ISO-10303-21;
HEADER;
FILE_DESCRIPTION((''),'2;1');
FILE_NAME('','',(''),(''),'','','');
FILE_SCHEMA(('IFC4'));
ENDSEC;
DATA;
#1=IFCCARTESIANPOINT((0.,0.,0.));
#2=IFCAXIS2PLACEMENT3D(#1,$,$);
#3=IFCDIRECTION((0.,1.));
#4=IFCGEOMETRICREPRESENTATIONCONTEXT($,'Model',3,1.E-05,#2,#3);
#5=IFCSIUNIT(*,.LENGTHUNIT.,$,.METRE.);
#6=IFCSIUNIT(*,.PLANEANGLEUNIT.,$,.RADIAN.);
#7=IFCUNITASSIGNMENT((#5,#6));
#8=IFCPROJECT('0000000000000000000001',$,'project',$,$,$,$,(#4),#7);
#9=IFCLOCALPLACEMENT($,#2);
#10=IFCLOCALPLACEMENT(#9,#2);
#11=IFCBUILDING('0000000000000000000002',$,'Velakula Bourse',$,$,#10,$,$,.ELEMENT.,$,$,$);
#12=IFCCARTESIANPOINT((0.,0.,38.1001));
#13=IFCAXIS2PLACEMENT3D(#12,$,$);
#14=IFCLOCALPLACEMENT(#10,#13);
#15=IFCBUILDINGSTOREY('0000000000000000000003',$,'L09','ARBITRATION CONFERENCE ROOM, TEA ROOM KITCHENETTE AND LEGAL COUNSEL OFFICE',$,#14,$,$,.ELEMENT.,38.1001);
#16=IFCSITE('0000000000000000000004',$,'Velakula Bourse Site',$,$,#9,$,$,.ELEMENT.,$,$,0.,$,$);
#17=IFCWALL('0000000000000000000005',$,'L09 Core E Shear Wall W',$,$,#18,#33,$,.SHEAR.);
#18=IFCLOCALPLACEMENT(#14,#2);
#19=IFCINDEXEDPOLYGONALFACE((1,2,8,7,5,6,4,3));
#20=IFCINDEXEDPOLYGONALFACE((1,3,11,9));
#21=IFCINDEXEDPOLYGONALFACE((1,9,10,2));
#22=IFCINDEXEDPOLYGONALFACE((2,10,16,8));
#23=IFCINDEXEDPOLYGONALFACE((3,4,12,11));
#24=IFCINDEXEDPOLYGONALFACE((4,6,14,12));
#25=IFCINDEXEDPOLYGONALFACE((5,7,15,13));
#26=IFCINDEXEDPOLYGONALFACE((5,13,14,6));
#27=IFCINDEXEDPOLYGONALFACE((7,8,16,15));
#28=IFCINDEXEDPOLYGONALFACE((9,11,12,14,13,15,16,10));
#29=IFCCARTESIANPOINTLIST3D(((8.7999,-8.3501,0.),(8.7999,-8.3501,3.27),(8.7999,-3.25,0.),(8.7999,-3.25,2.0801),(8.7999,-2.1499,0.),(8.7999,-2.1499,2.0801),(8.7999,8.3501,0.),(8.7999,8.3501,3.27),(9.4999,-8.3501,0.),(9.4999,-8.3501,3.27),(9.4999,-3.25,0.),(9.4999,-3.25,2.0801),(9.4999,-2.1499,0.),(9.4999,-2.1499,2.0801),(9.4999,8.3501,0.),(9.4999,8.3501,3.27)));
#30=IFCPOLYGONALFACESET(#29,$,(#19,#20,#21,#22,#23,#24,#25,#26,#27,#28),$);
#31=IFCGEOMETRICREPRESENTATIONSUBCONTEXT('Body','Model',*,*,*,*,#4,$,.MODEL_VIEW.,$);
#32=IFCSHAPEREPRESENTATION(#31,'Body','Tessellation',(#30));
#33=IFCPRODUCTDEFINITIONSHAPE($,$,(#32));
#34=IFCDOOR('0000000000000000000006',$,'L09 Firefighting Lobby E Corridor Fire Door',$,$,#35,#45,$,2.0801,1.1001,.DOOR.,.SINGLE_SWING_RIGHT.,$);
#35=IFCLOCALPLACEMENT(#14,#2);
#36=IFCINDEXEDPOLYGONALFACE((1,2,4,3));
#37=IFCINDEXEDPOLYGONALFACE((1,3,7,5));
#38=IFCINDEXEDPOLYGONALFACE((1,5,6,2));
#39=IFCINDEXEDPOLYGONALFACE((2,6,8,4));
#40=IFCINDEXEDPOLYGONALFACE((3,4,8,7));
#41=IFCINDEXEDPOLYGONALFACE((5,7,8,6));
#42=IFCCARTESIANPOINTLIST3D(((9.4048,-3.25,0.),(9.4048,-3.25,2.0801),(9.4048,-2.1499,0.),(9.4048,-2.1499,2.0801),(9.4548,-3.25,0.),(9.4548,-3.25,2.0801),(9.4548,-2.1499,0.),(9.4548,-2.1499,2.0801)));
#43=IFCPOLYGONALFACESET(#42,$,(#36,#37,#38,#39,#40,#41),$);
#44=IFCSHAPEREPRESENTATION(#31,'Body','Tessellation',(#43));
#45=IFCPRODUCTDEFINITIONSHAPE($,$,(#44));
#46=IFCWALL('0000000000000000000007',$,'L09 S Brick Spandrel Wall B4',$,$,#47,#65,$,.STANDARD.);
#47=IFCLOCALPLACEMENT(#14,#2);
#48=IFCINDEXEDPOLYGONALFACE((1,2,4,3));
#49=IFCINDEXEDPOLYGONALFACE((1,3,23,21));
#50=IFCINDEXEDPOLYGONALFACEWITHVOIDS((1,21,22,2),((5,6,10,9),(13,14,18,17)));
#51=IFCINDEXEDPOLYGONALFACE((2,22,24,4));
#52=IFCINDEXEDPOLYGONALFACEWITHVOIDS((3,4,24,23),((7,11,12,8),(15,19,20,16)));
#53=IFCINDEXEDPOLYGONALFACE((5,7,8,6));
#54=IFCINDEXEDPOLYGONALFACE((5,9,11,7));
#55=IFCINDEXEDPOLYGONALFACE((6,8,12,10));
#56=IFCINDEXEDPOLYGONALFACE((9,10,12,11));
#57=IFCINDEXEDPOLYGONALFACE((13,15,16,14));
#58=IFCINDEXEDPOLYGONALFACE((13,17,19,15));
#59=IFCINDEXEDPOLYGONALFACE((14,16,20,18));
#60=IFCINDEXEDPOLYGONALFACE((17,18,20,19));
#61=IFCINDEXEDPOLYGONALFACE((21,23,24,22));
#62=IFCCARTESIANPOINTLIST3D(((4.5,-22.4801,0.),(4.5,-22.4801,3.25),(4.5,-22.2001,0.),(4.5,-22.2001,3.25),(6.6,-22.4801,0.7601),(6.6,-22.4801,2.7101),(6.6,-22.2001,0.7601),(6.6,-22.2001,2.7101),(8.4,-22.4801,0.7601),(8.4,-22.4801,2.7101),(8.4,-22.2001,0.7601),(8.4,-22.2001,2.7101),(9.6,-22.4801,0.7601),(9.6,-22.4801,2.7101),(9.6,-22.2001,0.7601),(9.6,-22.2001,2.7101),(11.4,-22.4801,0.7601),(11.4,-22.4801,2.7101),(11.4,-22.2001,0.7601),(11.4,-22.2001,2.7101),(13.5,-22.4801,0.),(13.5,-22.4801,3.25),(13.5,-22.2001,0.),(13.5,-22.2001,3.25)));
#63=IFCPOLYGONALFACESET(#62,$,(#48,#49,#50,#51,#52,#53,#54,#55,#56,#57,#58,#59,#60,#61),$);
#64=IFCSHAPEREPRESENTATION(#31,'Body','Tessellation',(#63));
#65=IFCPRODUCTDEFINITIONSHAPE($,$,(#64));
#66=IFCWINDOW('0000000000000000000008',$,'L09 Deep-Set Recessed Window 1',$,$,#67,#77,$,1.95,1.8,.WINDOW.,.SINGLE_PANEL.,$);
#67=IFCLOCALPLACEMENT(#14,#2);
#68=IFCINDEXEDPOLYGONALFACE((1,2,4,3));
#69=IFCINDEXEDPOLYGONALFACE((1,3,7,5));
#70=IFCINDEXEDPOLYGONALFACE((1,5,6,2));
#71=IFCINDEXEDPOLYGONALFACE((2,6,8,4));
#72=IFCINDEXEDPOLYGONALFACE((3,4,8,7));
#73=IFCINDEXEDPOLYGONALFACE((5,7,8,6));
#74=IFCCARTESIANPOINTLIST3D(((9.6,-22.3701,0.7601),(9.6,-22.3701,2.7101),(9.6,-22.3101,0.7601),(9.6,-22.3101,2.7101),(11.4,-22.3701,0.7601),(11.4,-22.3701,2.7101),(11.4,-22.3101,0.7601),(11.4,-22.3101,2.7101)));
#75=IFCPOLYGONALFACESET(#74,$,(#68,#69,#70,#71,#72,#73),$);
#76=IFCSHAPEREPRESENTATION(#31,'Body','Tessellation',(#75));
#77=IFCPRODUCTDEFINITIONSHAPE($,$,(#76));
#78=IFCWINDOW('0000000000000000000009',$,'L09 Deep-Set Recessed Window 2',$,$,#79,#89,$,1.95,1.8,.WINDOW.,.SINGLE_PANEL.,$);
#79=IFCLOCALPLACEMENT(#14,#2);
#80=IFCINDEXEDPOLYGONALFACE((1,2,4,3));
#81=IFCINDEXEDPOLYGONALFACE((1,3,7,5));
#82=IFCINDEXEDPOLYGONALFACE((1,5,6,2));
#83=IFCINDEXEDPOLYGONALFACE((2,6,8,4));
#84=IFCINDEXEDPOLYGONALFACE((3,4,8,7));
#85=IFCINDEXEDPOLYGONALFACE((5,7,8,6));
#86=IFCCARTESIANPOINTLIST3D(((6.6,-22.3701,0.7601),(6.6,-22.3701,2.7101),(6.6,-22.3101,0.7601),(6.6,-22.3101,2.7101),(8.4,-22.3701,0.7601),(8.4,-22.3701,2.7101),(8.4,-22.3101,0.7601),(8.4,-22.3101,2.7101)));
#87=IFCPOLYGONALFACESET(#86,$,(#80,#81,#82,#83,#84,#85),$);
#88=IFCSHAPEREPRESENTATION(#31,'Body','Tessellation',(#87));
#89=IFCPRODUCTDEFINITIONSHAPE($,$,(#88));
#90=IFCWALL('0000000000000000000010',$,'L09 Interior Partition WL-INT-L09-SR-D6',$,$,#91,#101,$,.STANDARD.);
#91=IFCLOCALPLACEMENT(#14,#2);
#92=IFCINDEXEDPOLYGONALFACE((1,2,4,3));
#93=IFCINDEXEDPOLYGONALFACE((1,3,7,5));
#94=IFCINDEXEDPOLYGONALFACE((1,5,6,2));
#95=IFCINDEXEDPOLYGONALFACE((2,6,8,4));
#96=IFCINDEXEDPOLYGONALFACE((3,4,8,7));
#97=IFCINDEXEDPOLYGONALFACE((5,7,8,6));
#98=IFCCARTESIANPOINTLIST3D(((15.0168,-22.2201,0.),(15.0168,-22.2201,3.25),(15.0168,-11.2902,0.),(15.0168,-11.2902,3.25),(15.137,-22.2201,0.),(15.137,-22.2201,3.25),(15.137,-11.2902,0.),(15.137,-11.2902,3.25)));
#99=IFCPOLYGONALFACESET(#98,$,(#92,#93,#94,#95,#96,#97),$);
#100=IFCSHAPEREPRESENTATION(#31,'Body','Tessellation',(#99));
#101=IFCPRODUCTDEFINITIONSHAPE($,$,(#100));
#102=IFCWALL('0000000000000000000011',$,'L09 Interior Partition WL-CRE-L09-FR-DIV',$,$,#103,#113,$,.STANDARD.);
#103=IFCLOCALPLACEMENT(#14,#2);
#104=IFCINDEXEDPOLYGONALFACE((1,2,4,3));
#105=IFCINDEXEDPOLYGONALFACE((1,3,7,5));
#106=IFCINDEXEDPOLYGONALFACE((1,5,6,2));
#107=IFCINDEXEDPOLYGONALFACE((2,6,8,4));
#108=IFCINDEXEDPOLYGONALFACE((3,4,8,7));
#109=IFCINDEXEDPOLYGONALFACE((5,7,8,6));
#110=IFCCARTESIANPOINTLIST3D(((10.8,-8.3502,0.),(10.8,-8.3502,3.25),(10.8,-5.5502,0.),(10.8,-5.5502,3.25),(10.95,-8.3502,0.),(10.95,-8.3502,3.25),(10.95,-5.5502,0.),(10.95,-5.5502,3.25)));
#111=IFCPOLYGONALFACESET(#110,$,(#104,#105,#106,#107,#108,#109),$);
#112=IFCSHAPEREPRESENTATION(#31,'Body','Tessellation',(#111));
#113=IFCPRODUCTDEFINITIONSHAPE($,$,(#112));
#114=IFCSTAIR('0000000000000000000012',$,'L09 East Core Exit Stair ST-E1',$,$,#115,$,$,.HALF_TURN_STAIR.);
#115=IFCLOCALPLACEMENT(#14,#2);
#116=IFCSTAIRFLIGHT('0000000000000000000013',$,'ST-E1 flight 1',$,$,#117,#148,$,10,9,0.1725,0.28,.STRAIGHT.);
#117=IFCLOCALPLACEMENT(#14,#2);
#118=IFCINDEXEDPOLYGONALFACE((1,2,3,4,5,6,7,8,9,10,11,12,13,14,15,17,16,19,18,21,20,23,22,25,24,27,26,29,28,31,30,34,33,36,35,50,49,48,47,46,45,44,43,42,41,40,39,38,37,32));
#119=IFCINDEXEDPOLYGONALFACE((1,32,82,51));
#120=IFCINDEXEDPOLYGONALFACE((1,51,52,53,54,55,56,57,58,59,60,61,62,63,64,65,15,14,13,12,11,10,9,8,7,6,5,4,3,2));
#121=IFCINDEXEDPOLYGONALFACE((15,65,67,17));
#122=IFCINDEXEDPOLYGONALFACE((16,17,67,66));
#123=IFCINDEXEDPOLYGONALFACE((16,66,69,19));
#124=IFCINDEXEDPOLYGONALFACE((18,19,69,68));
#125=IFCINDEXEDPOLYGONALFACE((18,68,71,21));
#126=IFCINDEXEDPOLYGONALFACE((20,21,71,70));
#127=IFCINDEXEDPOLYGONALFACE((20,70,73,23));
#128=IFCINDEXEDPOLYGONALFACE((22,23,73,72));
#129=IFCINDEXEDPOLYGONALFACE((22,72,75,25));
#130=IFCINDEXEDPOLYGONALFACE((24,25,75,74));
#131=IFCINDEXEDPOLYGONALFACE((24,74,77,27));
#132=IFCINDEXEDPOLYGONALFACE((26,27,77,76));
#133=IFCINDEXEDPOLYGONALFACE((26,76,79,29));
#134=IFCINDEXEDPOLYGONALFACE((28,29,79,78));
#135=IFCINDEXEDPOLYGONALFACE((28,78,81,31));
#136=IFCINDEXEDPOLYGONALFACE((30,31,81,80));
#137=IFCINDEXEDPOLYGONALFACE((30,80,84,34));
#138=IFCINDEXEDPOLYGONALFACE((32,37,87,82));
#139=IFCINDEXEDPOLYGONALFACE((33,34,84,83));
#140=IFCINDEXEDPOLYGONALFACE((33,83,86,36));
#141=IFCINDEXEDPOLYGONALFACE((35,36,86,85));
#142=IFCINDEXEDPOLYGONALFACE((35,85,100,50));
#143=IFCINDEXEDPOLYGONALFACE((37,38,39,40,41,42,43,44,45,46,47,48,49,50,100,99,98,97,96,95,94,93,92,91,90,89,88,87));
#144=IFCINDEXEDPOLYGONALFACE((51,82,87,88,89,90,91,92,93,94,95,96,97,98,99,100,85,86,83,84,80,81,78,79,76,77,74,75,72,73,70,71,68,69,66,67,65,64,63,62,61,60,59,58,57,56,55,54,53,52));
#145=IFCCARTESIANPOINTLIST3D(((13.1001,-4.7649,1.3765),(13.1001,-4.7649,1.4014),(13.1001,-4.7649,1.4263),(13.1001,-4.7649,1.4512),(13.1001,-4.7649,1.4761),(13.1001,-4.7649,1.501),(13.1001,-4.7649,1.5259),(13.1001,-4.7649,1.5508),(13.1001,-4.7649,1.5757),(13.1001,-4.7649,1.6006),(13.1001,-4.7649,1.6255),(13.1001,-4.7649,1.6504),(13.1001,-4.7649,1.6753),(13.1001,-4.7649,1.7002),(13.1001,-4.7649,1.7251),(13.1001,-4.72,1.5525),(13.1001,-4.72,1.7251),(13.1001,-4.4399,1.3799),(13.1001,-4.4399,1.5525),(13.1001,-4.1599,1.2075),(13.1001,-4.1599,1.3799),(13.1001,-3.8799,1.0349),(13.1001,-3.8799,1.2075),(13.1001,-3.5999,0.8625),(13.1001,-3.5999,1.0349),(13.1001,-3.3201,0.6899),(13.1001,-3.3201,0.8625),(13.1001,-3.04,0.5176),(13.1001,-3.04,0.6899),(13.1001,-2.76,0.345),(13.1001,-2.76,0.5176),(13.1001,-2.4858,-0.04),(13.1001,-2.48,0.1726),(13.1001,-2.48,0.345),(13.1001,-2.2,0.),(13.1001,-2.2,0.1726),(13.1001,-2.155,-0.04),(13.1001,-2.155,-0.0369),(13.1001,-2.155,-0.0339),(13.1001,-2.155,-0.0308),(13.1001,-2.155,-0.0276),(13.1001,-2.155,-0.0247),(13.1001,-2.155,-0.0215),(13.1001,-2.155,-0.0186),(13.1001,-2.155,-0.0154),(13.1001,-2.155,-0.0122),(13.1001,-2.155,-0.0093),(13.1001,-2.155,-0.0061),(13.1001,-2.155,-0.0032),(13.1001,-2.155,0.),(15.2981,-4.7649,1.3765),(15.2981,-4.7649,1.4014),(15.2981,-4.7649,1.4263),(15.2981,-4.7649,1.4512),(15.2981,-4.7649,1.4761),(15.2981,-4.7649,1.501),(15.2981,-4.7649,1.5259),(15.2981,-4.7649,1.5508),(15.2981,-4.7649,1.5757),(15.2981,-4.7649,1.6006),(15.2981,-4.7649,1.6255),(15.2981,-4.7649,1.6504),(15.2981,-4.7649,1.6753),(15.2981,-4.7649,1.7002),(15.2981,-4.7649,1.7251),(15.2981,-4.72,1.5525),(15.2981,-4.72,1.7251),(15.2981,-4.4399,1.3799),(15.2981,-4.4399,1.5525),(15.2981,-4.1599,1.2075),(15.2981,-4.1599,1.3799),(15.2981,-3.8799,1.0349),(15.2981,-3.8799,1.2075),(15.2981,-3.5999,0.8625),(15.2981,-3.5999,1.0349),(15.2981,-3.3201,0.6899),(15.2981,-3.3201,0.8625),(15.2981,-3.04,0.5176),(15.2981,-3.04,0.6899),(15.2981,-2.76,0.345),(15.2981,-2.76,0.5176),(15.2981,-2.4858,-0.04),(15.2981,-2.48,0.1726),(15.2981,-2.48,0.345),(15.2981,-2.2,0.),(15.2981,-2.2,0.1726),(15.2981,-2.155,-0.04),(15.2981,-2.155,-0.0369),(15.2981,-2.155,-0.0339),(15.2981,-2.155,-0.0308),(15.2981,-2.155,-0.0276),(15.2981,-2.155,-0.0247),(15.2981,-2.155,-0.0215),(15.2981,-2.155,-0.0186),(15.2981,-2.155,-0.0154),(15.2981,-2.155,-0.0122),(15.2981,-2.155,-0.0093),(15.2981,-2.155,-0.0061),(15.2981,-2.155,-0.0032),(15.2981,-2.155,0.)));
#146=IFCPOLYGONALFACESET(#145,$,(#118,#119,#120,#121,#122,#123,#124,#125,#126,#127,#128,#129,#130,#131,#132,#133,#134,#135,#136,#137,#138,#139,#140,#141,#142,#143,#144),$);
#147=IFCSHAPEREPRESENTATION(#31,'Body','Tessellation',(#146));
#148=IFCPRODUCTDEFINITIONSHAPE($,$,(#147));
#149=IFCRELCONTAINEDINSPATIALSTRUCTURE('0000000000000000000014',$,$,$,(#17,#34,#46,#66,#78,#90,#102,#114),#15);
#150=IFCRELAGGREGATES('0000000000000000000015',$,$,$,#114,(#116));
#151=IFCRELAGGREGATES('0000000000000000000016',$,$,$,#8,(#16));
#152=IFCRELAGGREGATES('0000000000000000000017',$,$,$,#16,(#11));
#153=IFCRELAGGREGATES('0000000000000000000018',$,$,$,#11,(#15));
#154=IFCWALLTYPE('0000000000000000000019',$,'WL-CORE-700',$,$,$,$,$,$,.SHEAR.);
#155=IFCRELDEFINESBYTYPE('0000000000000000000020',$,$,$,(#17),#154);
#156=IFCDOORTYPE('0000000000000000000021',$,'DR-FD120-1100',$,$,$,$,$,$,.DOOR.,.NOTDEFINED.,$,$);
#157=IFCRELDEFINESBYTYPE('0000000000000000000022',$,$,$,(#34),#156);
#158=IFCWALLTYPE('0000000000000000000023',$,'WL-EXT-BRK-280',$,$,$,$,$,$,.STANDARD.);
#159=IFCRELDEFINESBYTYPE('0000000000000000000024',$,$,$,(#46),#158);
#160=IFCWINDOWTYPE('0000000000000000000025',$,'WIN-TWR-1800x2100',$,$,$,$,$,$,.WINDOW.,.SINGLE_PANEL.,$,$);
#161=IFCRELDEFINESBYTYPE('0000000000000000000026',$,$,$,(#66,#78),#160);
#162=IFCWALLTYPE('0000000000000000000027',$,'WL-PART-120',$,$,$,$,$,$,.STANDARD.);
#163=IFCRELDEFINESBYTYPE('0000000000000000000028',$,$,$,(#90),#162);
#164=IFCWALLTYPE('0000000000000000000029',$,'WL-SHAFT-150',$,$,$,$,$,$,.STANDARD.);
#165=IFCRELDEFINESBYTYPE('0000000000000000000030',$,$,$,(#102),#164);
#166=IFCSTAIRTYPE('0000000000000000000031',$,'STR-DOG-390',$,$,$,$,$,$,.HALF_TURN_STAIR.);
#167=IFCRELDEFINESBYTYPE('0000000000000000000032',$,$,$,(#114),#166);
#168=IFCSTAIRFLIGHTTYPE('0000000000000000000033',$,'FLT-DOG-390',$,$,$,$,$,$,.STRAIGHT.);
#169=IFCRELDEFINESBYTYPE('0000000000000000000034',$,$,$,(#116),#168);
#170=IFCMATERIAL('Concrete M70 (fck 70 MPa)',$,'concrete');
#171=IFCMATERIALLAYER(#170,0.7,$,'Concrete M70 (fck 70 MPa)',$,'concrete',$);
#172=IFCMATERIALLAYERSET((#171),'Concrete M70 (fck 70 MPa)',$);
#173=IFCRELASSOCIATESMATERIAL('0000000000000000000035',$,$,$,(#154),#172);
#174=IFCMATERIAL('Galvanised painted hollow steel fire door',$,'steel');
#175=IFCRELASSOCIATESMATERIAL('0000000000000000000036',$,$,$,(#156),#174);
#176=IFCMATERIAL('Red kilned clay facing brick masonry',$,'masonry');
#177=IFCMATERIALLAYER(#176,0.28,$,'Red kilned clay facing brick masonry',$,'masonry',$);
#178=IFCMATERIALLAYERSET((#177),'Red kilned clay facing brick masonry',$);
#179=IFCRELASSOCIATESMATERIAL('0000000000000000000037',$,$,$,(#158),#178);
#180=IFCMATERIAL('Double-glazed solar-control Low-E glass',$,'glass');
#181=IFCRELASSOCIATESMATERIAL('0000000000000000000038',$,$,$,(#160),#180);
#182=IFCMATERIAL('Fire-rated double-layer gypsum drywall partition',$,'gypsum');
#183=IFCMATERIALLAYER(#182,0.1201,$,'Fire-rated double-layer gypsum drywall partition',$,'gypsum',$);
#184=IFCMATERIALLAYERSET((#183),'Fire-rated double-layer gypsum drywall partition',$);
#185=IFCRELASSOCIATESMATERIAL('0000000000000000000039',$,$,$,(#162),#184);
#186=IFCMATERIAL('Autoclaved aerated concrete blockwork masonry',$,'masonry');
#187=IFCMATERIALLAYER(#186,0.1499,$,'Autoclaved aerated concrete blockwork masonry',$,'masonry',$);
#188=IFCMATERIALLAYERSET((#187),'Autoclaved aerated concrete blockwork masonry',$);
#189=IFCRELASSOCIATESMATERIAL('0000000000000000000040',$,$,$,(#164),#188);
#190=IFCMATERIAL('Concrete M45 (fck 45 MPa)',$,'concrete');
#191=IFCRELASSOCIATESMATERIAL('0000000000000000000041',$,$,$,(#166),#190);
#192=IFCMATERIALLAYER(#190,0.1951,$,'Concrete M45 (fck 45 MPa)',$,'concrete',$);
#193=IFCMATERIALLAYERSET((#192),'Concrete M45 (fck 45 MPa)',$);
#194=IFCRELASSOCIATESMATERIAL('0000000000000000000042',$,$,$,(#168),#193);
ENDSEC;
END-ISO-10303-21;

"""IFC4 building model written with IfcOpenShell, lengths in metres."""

from ifc_helpers import new_model, si_unit, direction, frame, frame_2d, origin, place, context, subcontext, project, spatial, polyline, rectangle, outline, extrude, material, layer, layer_set, type_object, element, fill, aggregate, save


model = new_model("IFC4")

# Units and contexts
model_context = context("Model", 3, precision=1e-05, world=origin(), true_north=direction((0.0, 1.0)))
body_context = subcontext(model_context, "Body", "Model", "MODEL_VIEW")
ifc_project = project(units=[si_unit("LENGTHUNIT", "METRE"), si_unit("PLANEANGLEUNIT", "RADIAN")], contexts=[model_context])

# Site, building, storey
site_placement = place(None, origin())
site = spatial("IfcSite", under=ifc_project, at=site_placement, Name="Velakula Bourse Site", CompositionType="ELEMENT", RefElevation=0.0)
building_placement = place(site_placement, origin())
building = spatial("IfcBuilding", under=site, at=building_placement, Name="Velakula Bourse", CompositionType="ELEMENT")
storey_placement = place(building_placement, frame((0.0, 0.0, 38.1001)))
storey = spatial("IfcBuildingStorey", under=building, at=storey_placement, Name="L09", Description="ARBITRATION CONFERENCE ROOM, TEA ROOM KITCHENETTE AND LEGAL COUNSEL OFFICE", CompositionType="ELEMENT", Elevation=38.1001)

# Shared definitions
ifc_material_1 = material(Name="Galvanised painted hollow steel fire door", Category="steel")

# Wall, opening, door
ifc_material_2 = material(Name="Concrete M70 (fck 70 MPa)", Category="concrete")
ifc_layer_1 = layer(ifc_material_2, 0.7, Name="Concrete M70 (fck 70 MPa)", Category="concrete")
ifc_layer_set_1 = layer_set([ifc_layer_1], Name="Concrete M70 (fck 70 MPa)")
wall_type_1 = type_object("IfcWallType", Name="WL-CORE-700", PredefinedType="SHEAR", material=ifc_layer_set_1)
wall_1_placement = place(storey_placement, frame((9.1499, -8.3501, 0.0), z_axis=(0.0, 0.0, 1.0), x_axis=(0.0, 1.0, 0.0)))
wall_1 = element("IfcWall", 1, at=wall_1_placement, inside=storey, type_object=wall_type_1, Name="L09 Core E Shear Wall W", PredefinedType="SHEAR", context=body_context, shape_type="SweptSolid", body=[
    extrude(rectangle(XDim=16.7002, YDim=0.7, at=frame_2d((8.3501, 0.0))), origin(), (0.0, 0.0, 1.0), 3.27),
])
opening_1_placement = place(wall_1_placement, frame((5.1001, 0.0, 0.0)))
opening_1 = element("IfcOpeningElement", 2, at=opening_1_placement, cuts=wall_1, PredefinedType="OPENING", context=body_context, shape_type="SweptSolid", body=[
    extrude(rectangle(XDim=1.1001, YDim=2.0801, at=frame_2d((0.55, 1.04))), frame((0.0, 0.3599, 0.0), z_axis=(0.0, -1.0, 0.0), x_axis=(1.0, 0.0, 0.0)), (0.0, 0.0, 1.0), 0.72),
])
door_type_1 = type_object("IfcDoorType", Name="DR-FD120-1100", OperationType="NOTDEFINED", PredefinedType="DOOR", material=ifc_material_1)
door_1_placement = place(opening_1_placement, origin())
door_1 = element("IfcDoor", 3, at=door_1_placement, inside=storey, type_object=door_type_1, Name="L09 Firefighting Lobby E Corridor Fire Door", OperationType="SINGLE_SWING_RIGHT", OverallHeight=2.0801, OverallWidth=1.1001, PredefinedType="DOOR", context=body_context, shape_type="SweptSolid", body=[
    extrude(rectangle(XDim=1.1001, YDim=2.0801, at=frame_2d((0.55, 1.04))), frame((0.0, -0.2549, 0.0), z_axis=(0.0, -1.0, 0.0), x_axis=(1.0, 0.0, 0.0)), (0.0, 0.0, 1.0), 0.05),
])
fill(opening_1, door_1)

# Wall, openings, windows
ifc_material_3 = material(Name="Red kilned clay facing brick masonry", Category="masonry")
ifc_layer_2 = layer(ifc_material_3, 0.28, Name="Red kilned clay facing brick masonry", Category="masonry")
ifc_layer_set_2 = layer_set([ifc_layer_2], Name="Red kilned clay facing brick masonry")
wall_type_2 = type_object("IfcWallType", Name="WL-EXT-BRK-280", PredefinedType="STANDARD", material=ifc_layer_set_2)
wall_2_placement = place(storey_placement, frame((13.5, -22.3401, 0.0), z_axis=(0.0, 0.0, 1.0), x_axis=(-1.0, 0.0, 0.0)))
wall_2 = element("IfcWall", 4, at=wall_2_placement, inside=storey, type_object=wall_type_2, Name="L09 S Brick Spandrel Wall B4", PredefinedType="STANDARD", context=body_context, shape_type="SweptSolid", body=[
    extrude(rectangle(XDim=9.0, YDim=0.28, at=frame_2d((4.5, 0.0))), origin(), (0.0, 0.0, 1.0), 3.25),
])
opening_2_placement = place(wall_2_placement, frame((2.1001, 0.0, 0.76)))
opening_2 = element("IfcOpeningElement", 5, at=opening_2_placement, cuts=wall_2, PredefinedType="OPENING", context=body_context, shape_type="SweptSolid", body=[
    extrude(rectangle(XDim=1.8, YDim=1.95, at=frame_2d((0.8999, 0.9751))), frame((0.0, 0.1499, 0.0), z_axis=(0.0, -1.0, 0.0), x_axis=(1.0, 0.0, 0.0)), (0.0, 0.0, 1.0), 0.3),
])
opening_3_placement = place(wall_2_placement, frame((5.1001, 0.0, 0.76)))
opening_3 = element("IfcOpeningElement", 6, at=opening_3_placement, cuts=wall_2, PredefinedType="OPENING", context=body_context, shape_type="SweptSolid", body=[
    extrude(rectangle(XDim=1.8, YDim=1.95, at=frame_2d((0.8999, 0.9751))), frame((0.0, 0.1499, 0.0), z_axis=(0.0, -1.0, 0.0), x_axis=(1.0, 0.0, 0.0)), (0.0, 0.0, 1.0), 0.3),
])
ifc_material_4 = material(Name="Double-glazed solar-control Low-E glass", Category="glass")
window_type = type_object("IfcWindowType", Name="WIN-TWR-1800x2100", PartitioningType="SINGLE_PANEL", PredefinedType="WINDOW", material=ifc_material_4)
window_1_placement = place(opening_2_placement, origin())
window_1 = element("IfcWindow", 7, at=window_1_placement, inside=storey, type_object=window_type, Name="L09 Deep-Set Recessed Window 1", OverallHeight=1.95, OverallWidth=1.8, PartitioningType="SINGLE_PANEL", PredefinedType="WINDOW", context=body_context, shape_type="SweptSolid", body=[
    extrude(rectangle(XDim=1.8, YDim=1.95, at=frame_2d((0.8999, 0.9751))), frame((0.0, 0.03, 0.0), z_axis=(0.0, -1.0, 0.0), x_axis=(1.0, 0.0, 0.0)), (0.0, 0.0, 1.0), 0.0601),
])
fill(opening_2, window_1)
window_2_placement = place(opening_3_placement, origin())
window_2 = element("IfcWindow", 8, at=window_2_placement, inside=storey, type_object=window_type, Name="L09 Deep-Set Recessed Window 2", OverallHeight=1.95, OverallWidth=1.8, PartitioningType="SINGLE_PANEL", PredefinedType="WINDOW", context=body_context, shape_type="SweptSolid", body=[
    extrude(rectangle(XDim=1.8, YDim=1.95, at=frame_2d((0.8999, 0.9751))), frame((0.0, 0.03, 0.0), z_axis=(0.0, -1.0, 0.0), x_axis=(1.0, 0.0, 0.0)), (0.0, 0.0, 1.0), 0.0601),
])
fill(opening_3, window_2)

# Wall
ifc_material_5 = material(Name="Fire-rated double-layer gypsum drywall partition", Category="gypsum")
ifc_layer_3 = layer(ifc_material_5, 0.1201, Name="Fire-rated double-layer gypsum drywall partition", Category="gypsum")
ifc_layer_set_3 = layer_set([ifc_layer_3], Name="Fire-rated double-layer gypsum drywall partition")
wall_type_3 = type_object("IfcWallType", Name="WL-PART-120", PredefinedType="STANDARD", material=ifc_layer_set_3)
wall_3_placement = place(storey_placement, frame((15.0769, -22.22, 0.0), z_axis=(0.0, 0.0, 1.0), x_axis=(0.0, 1.0, 0.0)))
element("IfcWall", 9, at=wall_3_placement, inside=storey, type_object=wall_type_3, Name="L09 Interior Partition WL-INT-L09-SR-D6", PredefinedType="STANDARD", context=body_context, shape_type="SweptSolid", body=[
    extrude(rectangle(XDim=10.9299, YDim=0.1201, at=frame_2d((5.4648, 0.0))), origin(), (0.0, 0.0, 1.0), 3.25),
])

# Shared definitions
ifc_material_6 = material(Name="Autoclaved aerated concrete blockwork masonry", Category="masonry")
ifc_layer_4 = layer(ifc_material_6, 0.1499, Name="Autoclaved aerated concrete blockwork masonry", Category="masonry")
ifc_layer_set_4 = layer_set([ifc_layer_4], Name="Autoclaved aerated concrete blockwork masonry")
wall_type_4 = type_object("IfcWallType", Name="WL-SHAFT-150", PredefinedType="STANDARD", material=ifc_layer_set_4)

# Wall
wall_4_placement = place(storey_placement, frame((10.875, -8.3501, 0.0), z_axis=(0.0, 0.0, 1.0), x_axis=(0.0, 1.0, 0.0)))
element("IfcWall", 10, at=wall_4_placement, inside=storey, type_object=wall_type_4, Name="L09 Interior Partition WL-CRE-L09-FR-DIV", PredefinedType="STANDARD", context=body_context, shape_type="SweptSolid", body=[
    extrude(rectangle(XDim=2.8, YDim=0.1499, at=frame_2d((1.3999, 0.0))), origin(), (0.0, 0.0, 1.0), 3.25),
])

# Stair, stair flight
ifc_material_7 = material(Name="Concrete M45 (fck 45 MPa)", Category="concrete")
stair_type = type_object("IfcStairType", Name="STR-DOG-390", PredefinedType="HALF_TURN_STAIR", material=ifc_material_7)
stair_placement = place(storey_placement, origin())
stair = element("IfcStair", 11, at=stair_placement, inside=storey, type_object=stair_type, Name="L09 East Core Exit Stair ST-E1", PredefinedType="HALF_TURN_STAIR")
ifc_layer_5 = layer(ifc_material_7, 0.1951, Name="Concrete M45 (fck 45 MPa)", Category="concrete")
ifc_layer_set_5 = layer_set([ifc_layer_5], Name="Concrete M45 (fck 45 MPa)")
stair_flight_type = type_object("IfcStairFlightType", Name="FLT-DOG-390", PredefinedType="STRAIGHT", material=ifc_layer_set_5)
stair_flight_1_placement = place(storey_placement, frame((14.199, -2.2, 0.0), z_axis=(0.0, 0.0, 1.0), x_axis=(0.0, -1.0, 0.0)))
stair_flight_1 = element("IfcStairFlight", 12, at=stair_flight_1_placement, type_object=stair_flight_type, Name="ST-E1 flight 1", NumberOfRisers=10, NumberOfTreads=9, PredefinedType="STRAIGHT", RiserHeight=0.1725, TreadLength=0.28, context=body_context, shape_type="SweptSolid", body=[
    extrude(outline(polyline([(-0.0449, -0.04), (-0.0449, -0.0369), (-0.0449, -0.0339), (-0.0449, -0.0308), (-0.0449, -0.0276), (-0.0449, -0.0247), (-0.0449, -0.0215), (-0.0449, -0.0186), (-0.0449, -0.0154), (-0.0449, -0.0122), (-0.0449, -0.0093), (-0.0449, -0.0061), (-0.0449, -0.0032), (-0.0449, 0.0), (0.0, 0.0), (0.0, 0.1726), (0.28, 0.1726), (0.28, 0.345), (0.5601, 0.345), (0.5601, 0.5176), (0.8401, 0.5176), (0.8401, 0.6899), (1.1201, 0.6899), (1.1201, 0.8625), (1.3999, 0.8625), (1.3999, 1.0349), (1.6799, 1.0349), (1.6799, 1.2075), (1.96, 1.2075), (1.96, 1.3799), (2.24, 1.3799), (2.24, 1.5525), (2.52, 1.5525), (2.52, 1.7251), (2.5649, 1.7251), (2.5649, 1.7002), (2.5649, 1.6753), (2.5649, 1.6504), (2.5649, 1.6255), (2.5649, 1.6006), (2.5649, 1.5757), (2.5649, 1.5508), (2.5649, 1.5259), (2.5649, 1.501), (2.5649, 1.4761), (2.5649, 1.4512), (2.5649, 1.4263), (2.5649, 1.4014), (2.5649, 1.3765), (0.2859, -0.04), (-0.0449, -0.04)])), frame((0.0, 1.0991, 0.0), z_axis=(0.0, -1.0, 0.0), x_axis=(1.0, 0.0, 0.0)), (0.0, 0.0, 1.0), 2.198),
])
aggregate(stair, [stair_flight_1])

save(model, "model.ifc")
